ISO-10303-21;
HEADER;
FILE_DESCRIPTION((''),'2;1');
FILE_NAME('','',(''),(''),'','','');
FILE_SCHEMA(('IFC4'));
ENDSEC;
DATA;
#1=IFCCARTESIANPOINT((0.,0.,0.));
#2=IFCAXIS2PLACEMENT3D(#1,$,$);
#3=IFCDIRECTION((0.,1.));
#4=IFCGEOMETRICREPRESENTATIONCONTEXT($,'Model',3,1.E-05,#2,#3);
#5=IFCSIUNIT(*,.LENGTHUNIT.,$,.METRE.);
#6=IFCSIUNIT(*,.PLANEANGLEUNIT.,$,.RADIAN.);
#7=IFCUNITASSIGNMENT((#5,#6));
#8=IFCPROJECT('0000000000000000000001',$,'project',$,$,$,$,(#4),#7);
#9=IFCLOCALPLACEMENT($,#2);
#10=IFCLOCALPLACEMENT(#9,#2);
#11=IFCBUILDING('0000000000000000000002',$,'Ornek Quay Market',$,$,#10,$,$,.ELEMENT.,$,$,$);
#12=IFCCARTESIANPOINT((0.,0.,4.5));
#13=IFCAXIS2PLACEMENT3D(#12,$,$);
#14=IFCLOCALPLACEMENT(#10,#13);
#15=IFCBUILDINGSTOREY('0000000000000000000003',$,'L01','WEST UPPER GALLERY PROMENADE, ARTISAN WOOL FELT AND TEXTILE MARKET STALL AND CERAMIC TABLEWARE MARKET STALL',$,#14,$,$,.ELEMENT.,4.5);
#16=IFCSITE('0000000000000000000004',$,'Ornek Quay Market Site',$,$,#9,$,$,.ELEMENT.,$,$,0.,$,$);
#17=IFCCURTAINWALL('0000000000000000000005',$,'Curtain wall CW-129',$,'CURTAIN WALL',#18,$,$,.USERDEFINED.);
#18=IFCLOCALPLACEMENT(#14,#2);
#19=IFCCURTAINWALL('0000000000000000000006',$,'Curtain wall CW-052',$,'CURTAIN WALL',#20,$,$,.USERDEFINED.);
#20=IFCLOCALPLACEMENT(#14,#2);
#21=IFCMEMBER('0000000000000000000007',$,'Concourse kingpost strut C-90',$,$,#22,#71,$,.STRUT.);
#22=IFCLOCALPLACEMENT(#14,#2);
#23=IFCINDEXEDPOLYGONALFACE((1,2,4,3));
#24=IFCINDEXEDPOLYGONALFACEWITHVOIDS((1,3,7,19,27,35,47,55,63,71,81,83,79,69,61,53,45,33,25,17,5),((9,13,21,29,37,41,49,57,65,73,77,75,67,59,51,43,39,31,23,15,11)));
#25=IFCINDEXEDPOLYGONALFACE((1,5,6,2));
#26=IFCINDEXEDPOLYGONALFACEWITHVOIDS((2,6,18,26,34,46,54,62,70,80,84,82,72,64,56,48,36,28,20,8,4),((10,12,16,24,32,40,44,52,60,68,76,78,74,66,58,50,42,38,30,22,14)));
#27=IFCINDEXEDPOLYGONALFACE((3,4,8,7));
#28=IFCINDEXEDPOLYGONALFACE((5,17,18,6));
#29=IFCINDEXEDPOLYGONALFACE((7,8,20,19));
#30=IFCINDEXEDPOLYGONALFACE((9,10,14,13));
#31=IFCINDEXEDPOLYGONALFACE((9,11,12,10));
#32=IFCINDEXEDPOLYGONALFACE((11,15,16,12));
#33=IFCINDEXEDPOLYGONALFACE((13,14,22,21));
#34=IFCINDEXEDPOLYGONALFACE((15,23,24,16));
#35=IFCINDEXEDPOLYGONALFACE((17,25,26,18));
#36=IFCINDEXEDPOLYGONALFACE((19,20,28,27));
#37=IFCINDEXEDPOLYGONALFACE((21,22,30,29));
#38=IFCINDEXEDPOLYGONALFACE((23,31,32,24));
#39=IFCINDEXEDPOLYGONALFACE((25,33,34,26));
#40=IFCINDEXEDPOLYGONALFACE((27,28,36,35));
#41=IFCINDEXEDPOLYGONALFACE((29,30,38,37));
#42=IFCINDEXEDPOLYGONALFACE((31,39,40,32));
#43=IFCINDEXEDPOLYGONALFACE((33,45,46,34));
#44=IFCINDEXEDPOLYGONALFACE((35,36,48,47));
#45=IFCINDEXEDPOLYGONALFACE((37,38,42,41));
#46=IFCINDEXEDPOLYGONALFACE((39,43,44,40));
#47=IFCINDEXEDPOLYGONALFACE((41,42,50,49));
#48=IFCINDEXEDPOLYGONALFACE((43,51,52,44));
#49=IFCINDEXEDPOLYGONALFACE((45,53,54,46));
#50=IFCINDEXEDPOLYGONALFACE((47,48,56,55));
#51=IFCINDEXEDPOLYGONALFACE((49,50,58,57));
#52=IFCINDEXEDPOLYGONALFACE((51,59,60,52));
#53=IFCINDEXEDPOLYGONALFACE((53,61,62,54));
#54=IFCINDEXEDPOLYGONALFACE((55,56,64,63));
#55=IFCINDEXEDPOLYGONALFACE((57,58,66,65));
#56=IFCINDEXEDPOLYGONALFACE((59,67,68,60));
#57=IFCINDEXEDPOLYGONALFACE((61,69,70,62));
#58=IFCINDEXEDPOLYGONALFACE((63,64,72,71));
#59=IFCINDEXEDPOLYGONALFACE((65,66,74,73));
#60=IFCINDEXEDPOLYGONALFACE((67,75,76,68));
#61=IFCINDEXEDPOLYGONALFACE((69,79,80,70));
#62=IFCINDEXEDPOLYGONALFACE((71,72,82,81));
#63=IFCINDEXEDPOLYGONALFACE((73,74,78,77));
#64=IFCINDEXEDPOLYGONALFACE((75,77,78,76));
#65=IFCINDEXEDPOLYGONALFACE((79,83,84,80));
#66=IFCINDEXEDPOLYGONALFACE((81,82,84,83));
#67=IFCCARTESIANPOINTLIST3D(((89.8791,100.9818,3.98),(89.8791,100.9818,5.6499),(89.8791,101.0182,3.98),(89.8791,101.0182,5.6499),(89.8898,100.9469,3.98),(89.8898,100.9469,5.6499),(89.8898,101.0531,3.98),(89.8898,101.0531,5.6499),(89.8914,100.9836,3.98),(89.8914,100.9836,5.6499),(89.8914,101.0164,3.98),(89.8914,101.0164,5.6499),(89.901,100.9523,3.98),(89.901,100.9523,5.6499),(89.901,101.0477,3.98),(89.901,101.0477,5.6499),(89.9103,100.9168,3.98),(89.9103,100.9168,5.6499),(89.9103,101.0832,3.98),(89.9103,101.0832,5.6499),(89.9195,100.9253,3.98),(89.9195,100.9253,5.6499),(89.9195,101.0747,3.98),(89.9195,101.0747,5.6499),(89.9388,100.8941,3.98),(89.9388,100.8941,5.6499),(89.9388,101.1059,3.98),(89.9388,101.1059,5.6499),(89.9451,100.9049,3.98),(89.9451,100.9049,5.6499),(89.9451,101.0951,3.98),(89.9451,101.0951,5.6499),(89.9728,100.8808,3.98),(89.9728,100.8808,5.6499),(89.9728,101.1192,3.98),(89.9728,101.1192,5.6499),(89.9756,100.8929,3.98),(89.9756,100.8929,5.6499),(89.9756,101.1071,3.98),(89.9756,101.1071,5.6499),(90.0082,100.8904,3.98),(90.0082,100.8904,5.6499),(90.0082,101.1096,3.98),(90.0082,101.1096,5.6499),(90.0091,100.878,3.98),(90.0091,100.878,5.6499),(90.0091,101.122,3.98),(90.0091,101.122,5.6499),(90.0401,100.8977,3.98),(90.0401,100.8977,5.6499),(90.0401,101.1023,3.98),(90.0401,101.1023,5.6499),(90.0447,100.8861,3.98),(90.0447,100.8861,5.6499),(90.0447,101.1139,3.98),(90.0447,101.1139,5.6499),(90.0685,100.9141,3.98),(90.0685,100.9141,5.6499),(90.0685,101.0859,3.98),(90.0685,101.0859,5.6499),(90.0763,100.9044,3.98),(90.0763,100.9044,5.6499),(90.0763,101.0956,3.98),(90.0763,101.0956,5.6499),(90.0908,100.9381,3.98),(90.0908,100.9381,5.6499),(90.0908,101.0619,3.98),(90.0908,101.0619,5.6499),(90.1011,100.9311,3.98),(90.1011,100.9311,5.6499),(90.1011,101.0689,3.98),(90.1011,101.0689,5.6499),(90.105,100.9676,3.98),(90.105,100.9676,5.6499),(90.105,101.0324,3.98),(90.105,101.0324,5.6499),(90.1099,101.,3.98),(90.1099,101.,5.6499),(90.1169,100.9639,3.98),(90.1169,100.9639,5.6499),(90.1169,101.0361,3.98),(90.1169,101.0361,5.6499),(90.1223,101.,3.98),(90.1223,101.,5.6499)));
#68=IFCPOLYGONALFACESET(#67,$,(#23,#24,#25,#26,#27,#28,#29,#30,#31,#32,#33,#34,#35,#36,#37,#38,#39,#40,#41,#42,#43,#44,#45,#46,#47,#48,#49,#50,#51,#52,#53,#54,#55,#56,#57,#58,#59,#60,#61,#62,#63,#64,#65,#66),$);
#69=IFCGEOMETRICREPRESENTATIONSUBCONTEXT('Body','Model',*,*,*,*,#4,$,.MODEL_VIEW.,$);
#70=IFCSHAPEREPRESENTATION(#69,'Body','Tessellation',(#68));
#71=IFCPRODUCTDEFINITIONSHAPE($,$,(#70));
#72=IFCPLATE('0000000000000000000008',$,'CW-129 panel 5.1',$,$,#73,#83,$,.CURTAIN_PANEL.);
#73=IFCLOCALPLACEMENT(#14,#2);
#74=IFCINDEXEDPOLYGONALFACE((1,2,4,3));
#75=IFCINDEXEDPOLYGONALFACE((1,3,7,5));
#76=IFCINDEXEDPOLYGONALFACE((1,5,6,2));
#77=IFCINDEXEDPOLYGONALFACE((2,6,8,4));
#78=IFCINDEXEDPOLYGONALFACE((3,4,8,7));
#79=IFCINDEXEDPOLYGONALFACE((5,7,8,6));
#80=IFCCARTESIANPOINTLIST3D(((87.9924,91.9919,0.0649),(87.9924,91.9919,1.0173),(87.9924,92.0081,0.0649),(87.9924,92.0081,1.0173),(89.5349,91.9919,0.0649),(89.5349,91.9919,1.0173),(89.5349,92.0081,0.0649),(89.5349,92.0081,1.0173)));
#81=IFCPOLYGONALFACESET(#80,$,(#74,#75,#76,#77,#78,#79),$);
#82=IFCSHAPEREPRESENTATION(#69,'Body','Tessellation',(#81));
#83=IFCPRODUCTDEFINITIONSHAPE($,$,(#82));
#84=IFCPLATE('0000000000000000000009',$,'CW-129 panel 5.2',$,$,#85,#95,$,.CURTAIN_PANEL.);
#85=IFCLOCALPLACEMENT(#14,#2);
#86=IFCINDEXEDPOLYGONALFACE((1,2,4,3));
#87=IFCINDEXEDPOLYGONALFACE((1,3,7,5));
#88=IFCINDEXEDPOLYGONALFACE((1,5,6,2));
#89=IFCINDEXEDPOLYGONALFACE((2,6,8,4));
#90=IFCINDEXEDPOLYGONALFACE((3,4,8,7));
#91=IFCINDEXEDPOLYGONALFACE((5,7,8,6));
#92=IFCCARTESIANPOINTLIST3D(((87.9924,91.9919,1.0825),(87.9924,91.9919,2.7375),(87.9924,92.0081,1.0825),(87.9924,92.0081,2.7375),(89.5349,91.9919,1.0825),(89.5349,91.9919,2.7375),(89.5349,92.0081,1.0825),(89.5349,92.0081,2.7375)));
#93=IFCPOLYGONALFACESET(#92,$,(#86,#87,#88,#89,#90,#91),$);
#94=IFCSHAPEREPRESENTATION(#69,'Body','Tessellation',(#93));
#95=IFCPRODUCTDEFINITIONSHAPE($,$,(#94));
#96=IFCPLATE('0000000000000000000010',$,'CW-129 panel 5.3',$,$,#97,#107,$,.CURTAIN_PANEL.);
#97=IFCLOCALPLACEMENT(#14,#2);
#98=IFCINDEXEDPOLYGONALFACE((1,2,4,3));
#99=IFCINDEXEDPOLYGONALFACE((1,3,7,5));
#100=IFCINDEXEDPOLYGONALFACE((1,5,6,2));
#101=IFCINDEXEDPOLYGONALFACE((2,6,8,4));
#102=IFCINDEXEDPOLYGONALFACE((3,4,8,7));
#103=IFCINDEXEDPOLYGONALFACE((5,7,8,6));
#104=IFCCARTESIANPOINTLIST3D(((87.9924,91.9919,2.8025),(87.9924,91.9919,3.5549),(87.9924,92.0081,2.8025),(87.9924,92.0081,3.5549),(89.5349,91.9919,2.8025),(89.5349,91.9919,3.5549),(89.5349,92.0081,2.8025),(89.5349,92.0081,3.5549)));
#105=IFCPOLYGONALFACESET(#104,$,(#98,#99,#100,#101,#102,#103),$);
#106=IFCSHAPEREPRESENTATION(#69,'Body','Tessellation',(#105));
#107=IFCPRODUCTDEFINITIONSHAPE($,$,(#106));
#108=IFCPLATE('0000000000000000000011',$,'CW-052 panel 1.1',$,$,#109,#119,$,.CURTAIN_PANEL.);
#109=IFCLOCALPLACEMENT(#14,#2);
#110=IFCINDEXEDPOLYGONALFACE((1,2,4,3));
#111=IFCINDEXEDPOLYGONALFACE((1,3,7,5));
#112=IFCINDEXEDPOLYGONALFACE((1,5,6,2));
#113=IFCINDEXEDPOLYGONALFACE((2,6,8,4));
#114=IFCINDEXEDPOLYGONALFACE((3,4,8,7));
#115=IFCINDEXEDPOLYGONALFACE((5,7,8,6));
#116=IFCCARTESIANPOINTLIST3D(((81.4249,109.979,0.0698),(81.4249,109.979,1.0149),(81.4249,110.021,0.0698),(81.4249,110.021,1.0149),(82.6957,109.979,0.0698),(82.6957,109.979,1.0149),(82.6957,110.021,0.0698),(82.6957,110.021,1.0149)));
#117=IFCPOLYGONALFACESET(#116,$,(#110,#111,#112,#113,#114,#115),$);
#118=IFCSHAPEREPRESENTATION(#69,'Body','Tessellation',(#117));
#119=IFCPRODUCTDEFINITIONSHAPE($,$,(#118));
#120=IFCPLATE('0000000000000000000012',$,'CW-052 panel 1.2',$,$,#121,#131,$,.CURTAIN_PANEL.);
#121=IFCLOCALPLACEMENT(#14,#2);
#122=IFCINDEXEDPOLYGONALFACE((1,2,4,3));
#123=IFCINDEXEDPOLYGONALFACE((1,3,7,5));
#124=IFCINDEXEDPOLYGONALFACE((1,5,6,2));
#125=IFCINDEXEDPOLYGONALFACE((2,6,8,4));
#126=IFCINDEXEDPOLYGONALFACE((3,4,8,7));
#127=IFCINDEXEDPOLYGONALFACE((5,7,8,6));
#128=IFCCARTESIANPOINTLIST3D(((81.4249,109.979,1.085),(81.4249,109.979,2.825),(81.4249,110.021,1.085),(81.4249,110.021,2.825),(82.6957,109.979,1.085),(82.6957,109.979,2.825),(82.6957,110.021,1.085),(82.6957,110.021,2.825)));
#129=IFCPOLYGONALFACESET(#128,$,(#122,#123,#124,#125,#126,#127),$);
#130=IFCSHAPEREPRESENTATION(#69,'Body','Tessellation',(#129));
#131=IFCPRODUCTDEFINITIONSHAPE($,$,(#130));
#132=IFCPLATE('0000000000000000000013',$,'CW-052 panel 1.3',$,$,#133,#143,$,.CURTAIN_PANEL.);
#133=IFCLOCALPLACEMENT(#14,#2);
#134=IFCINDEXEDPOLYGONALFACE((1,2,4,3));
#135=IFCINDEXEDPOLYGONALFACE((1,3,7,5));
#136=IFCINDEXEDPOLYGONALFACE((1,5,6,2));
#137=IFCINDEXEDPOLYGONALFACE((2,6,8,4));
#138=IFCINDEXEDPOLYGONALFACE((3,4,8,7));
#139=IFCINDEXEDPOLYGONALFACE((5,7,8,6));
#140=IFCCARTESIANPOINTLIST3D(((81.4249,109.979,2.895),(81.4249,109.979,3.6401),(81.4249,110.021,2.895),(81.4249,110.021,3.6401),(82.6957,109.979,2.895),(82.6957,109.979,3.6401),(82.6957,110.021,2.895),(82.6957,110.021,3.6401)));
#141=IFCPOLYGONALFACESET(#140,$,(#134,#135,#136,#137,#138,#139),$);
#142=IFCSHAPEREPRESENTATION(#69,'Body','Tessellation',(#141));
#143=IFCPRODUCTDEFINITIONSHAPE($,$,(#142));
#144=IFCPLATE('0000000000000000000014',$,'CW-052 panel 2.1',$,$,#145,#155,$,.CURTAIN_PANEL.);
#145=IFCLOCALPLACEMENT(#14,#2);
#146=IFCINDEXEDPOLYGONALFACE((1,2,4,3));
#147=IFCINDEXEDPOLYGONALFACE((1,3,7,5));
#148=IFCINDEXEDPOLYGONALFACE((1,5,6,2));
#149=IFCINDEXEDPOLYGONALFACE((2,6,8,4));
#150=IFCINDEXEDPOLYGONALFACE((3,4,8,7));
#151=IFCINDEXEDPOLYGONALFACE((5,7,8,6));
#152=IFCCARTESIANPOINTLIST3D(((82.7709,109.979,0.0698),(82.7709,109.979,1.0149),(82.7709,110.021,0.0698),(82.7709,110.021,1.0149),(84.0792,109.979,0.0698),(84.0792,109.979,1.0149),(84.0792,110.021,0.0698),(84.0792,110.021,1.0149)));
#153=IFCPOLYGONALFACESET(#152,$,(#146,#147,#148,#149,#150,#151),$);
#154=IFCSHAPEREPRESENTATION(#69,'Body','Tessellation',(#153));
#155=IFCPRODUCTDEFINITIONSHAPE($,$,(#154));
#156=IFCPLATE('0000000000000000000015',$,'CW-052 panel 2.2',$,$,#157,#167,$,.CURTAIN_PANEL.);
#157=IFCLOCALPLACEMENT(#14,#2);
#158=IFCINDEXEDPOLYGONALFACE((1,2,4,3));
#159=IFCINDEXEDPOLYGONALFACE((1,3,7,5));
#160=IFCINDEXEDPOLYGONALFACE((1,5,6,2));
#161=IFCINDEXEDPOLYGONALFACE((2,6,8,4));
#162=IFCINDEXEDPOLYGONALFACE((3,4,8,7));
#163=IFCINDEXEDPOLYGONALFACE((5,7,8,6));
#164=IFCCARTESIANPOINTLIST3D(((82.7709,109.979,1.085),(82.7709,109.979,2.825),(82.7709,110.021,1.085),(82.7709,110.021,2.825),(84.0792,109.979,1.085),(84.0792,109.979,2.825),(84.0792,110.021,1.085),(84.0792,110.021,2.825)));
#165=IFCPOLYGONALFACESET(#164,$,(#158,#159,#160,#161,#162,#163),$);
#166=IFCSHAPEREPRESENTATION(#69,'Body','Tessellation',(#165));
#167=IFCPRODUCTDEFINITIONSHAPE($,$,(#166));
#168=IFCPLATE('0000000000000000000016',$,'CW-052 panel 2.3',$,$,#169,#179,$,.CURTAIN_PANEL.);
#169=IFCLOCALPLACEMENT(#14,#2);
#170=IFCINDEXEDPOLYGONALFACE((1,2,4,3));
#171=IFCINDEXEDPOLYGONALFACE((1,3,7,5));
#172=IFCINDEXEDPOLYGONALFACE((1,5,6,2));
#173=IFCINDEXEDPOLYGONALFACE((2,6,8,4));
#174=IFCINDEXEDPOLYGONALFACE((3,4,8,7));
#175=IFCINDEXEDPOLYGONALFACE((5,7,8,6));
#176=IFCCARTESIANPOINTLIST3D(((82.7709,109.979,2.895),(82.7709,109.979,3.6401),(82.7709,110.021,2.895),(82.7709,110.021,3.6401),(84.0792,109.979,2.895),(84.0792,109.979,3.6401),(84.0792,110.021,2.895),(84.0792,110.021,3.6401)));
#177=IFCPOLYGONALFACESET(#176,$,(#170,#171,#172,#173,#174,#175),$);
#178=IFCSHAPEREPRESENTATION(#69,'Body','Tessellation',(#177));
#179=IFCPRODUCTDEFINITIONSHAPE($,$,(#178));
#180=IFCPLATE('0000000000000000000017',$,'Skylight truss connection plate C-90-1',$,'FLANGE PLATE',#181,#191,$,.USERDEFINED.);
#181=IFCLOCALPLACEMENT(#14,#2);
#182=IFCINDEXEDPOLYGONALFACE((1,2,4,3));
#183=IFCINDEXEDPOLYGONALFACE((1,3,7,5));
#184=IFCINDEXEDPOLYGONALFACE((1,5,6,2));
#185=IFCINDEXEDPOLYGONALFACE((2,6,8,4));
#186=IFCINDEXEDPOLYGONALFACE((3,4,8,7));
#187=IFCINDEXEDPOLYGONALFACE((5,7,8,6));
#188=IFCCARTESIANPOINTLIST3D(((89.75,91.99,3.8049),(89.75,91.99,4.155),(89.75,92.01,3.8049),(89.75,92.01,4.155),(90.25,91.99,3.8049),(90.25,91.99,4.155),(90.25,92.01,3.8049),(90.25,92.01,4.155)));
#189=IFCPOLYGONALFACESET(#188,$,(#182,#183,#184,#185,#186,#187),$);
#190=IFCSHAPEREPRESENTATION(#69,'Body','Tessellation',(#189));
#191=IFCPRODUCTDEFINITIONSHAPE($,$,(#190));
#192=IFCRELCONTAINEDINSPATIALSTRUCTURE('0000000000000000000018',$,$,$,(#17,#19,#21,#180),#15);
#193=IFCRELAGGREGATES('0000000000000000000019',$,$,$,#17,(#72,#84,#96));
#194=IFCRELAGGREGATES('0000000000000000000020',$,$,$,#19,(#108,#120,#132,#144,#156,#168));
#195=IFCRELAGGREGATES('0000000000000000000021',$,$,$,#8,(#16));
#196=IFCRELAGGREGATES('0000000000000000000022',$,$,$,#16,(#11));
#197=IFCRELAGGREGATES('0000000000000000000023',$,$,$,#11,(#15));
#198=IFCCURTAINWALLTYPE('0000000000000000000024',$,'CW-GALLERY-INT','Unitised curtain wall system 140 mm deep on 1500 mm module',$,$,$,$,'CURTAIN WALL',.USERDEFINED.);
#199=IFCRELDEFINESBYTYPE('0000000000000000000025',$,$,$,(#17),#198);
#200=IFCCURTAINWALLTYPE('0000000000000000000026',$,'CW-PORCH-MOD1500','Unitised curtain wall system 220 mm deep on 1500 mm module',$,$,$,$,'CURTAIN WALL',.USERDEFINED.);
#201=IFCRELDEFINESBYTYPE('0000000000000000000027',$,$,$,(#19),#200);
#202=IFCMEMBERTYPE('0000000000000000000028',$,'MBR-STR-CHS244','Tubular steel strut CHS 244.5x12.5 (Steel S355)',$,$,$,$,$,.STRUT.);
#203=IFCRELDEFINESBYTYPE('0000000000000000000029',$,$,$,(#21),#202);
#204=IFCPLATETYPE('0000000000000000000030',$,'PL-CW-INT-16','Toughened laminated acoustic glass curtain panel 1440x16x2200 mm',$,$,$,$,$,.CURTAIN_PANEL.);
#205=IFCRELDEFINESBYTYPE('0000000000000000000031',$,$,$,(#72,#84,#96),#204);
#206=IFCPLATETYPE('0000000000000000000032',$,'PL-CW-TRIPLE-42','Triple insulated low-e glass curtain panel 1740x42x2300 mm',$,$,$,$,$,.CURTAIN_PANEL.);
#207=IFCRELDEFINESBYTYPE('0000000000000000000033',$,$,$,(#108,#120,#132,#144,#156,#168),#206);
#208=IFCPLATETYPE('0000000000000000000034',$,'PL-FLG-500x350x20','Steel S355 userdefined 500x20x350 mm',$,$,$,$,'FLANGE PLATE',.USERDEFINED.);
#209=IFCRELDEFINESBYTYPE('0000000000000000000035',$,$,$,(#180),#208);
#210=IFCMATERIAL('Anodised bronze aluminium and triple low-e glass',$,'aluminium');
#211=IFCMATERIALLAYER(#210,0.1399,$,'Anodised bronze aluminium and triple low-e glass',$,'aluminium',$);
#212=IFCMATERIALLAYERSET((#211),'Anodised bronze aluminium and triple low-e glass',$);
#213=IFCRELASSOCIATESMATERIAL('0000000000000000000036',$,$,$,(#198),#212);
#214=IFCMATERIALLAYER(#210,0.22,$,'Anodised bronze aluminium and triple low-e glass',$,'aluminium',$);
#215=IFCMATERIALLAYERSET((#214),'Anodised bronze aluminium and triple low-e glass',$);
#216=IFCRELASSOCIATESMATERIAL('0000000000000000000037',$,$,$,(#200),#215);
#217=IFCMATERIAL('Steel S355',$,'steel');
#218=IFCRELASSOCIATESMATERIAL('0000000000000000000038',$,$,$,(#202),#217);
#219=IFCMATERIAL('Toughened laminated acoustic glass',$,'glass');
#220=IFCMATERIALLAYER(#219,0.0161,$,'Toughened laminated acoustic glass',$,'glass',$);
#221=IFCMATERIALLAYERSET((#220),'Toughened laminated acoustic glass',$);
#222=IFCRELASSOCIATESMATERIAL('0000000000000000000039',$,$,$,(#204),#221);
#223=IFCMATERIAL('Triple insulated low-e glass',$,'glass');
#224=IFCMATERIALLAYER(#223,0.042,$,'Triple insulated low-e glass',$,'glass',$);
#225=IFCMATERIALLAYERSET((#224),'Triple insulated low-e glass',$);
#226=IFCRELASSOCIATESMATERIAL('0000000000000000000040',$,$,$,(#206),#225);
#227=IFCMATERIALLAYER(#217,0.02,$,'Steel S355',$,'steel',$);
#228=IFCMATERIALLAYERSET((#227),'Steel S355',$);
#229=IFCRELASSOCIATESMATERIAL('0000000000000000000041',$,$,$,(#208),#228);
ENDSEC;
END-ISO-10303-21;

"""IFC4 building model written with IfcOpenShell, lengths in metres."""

from ifc_helpers import new_model, si_unit, direction, frame, origin, origin_2d, place, context, subcontext, project, spatial, rectangle, hollow_circle, extrude, material, layer, layer_set, material_profile, profile_set, type_object, element, aggregate, save


model = new_model("IFC4")

# Units and contexts
model_context = context("Model", 3, precision=1e-05, world=origin(), true_north=direction((0.0, 1.0)))
body_context = subcontext(model_context, "Body", "Model", "MODEL_VIEW")
ifc_project = project(units=[si_unit("LENGTHUNIT", "METRE"), si_unit("PLANEANGLEUNIT", "RADIAN")], contexts=[model_context])

# Site, building, storey
site_placement = place(None, origin())
site = spatial("IfcSite", under=ifc_project, at=site_placement, Name="Ornek Quay Market Site", CompositionType="ELEMENT", RefElevation=0.0)
building_placement = place(site_placement, origin())
building = spatial("IfcBuilding", under=site, at=building_placement, Name="Ornek Quay Market", CompositionType="ELEMENT")
storey_placement = place(building_placement, frame((0.0, 0.0, 4.5)))
storey = spatial("IfcBuildingStorey", under=building, at=storey_placement, Name="L01", Description="WEST UPPER GALLERY PROMENADE, ARTISAN WOOL FELT AND TEXTILE MARKET STALL AND CERAMIC TABLEWARE MARKET STALL", CompositionType="ELEMENT", Elevation=4.5)

# Curtain wall
ifc_material_1 = material(Name="Anodised bronze aluminium and triple low-e glass", Category="aluminium")
ifc_layer_1 = layer(ifc_material_1, 0.1399, Name="Anodised bronze aluminium and triple low-e glass", Category="aluminium")
ifc_layer_set_1 = layer_set([ifc_layer_1], Name="Anodised bronze aluminium and triple low-e glass")
curtain_wall_type_1 = type_object("IfcCurtainWallType", Name="CW-GALLERY-INT", Description="Unitised curtain wall system 140 mm deep on 1500 mm module", ElementType="CURTAIN WALL", PredefinedType="USERDEFINED", material=ifc_layer_set_1)
curtain_wall_1_placement = place(storey_placement, origin())
curtain_wall_1 = element("IfcCurtainWall", 1, at=curtain_wall_1_placement, inside=storey, type_object=curtain_wall_type_1, Name="Curtain wall CW-129", ObjectType="CURTAIN WALL", PredefinedType="USERDEFINED")

# Curtain wall
ifc_layer_2 = layer(ifc_material_1, 0.22, Name="Anodised bronze aluminium and triple low-e glass", Category="aluminium")
ifc_layer_set_2 = layer_set([ifc_layer_2], Name="Anodised bronze aluminium and triple low-e glass")
curtain_wall_type_2 = type_object("IfcCurtainWallType", Name="CW-PORCH-MOD1500", Description="Unitised curtain wall system 220 mm deep on 1500 mm module", ElementType="CURTAIN WALL", PredefinedType="USERDEFINED", material=ifc_layer_set_2)
curtain_wall_2_placement = place(storey_placement, origin())
curtain_wall_2 = element("IfcCurtainWall", 2, at=curtain_wall_2_placement, inside=storey, type_object=curtain_wall_type_2, Name="Curtain wall CW-052", ObjectType="CURTAIN WALL", PredefinedType="USERDEFINED")

# Member
ifc_material_2 = material(Name="Steel S355", Category="steel")
ifc_material_profile_1 = material_profile(ifc_material_2, hollow_circle(Radius=0.1223, WallThickness=0.0125, at=origin_2d()), Name="CHS 244.5x12.5", Category="steel")
ifc_profile_set_1 = profile_set([ifc_material_profile_1], Name="Steel S355")
member_type_1 = type_object("IfcMemberType", Name="MBR-STR-CHS244", Description="Tubular steel strut CHS 244.5x12.5 (Steel S355)", PredefinedType="STRUT", material=ifc_profile_set_1)
member_1_placement = place(storey_placement, frame((90.0, 101.0, 3.98), z_axis=(0.0, 0.0, 1.0), x_axis=(1.0, 0.0, 0.0)))
element("IfcMember", 3, at=member_1_placement, inside=storey, type_object=member_type_1, Name="Concourse kingpost strut C-90", PredefinedType="STRUT", context=body_context, shape_type="SweptSolid", body=[
    extrude(hollow_circle(Radius=0.1223, WallThickness=0.0125, at=origin_2d()), origin(), (0.0, 0.0, 1.0), 1.6699),
])

# Plates
ifc_material_3 = material(Name="Toughened laminated acoustic glass", Category="glass")
ifc_layer_3 = layer(ifc_material_3, 0.0161, Name="Toughened laminated acoustic glass", Category="glass")
ifc_layer_set_3 = layer_set([ifc_layer_3], Name="Toughened laminated acoustic glass")
plate_type_1 = type_object("IfcPlateType", Name="PL-CW-INT-16", Description="Toughened laminated acoustic glass curtain panel 1440x16x2200 mm", PredefinedType="CURTAIN_PANEL", material=ifc_layer_set_3)
plate_1_placement = place(storey_placement, frame((88.7637, 92.0, 0.0649), z_axis=(0.0, 0.0, 1.0), x_axis=(1.0, 0.0, 0.0)))
plate_1 = element("IfcPlate", 4, at=plate_1_placement, type_object=plate_type_1, Name="CW-129 panel 5.1", PredefinedType="CURTAIN_PANEL", context=body_context, shape_type="SweptSolid", body=[
    extrude(rectangle(XDim=1.5425, YDim=0.0161, at=origin_2d()), origin(), (0.0, 0.0, 1.0), 0.9524),
])
plate_2_placement = place(storey_placement, frame((88.7637, 92.0, 1.0825), z_axis=(0.0, 0.0, 1.0), x_axis=(1.0, 0.0, 0.0)))
plate_2 = element("IfcPlate", 5, at=plate_2_placement, type_object=plate_type_1, Name="CW-129 panel 5.2", PredefinedType="CURTAIN_PANEL", context=body_context, shape_type="SweptSolid", body=[
    extrude(rectangle(XDim=1.5425, YDim=0.0161, at=origin_2d()), origin(), (0.0, 0.0, 1.0), 1.655),
])
plate_3_placement = place(storey_placement, frame((88.7637, 92.0, 2.8025), z_axis=(0.0, 0.0, 1.0), x_axis=(1.0, 0.0, 0.0)))
plate_3 = element("IfcPlate", 6, at=plate_3_placement, type_object=plate_type_1, Name="CW-129 panel 5.3", PredefinedType="CURTAIN_PANEL", context=body_context, shape_type="SweptSolid", body=[
    extrude(rectangle(XDim=1.5425, YDim=0.0161, at=origin_2d()), origin(), (0.0, 0.0, 1.0), 0.7524),
])
aggregate(curtain_wall_1, [plate_1, plate_2, plate_3])
ifc_material_4 = material(Name="Triple insulated low-e glass", Category="glass")
ifc_layer_4 = layer(ifc_material_4, 0.042, Name="Triple insulated low-e glass", Category="glass")
ifc_layer_set_4 = layer_set([ifc_layer_4], Name="Triple insulated low-e glass")
plate_type_2 = type_object("IfcPlateType", Name="PL-CW-TRIPLE-42", Description="Triple insulated low-e glass curtain panel 1740x42x2300 mm", PredefinedType="CURTAIN_PANEL", material=ifc_layer_set_4)
plate_4_placement = place(storey_placement, frame((82.0603, 110.0, 0.0698), z_axis=(0.0, 0.0, 1.0), x_axis=(1.0, 0.0, 0.0)))
plate_4 = element("IfcPlate", 7, at=plate_4_placement, type_object=plate_type_2, Name="CW-052 panel 1.1", PredefinedType="CURTAIN_PANEL", context=body_context, shape_type="SweptSolid", body=[
    extrude(rectangle(XDim=1.2708, YDim=0.042, at=origin_2d()), origin(), (0.0, 0.0, 1.0), 0.9451),
])
plate_5_placement = place(storey_placement, frame((82.0603, 110.0, 1.085), z_axis=(0.0, 0.0, 1.0), x_axis=(1.0, 0.0, 0.0)))
plate_5 = element("IfcPlate", 8, at=plate_5_placement, type_object=plate_type_2, Name="CW-052 panel 1.2", PredefinedType="CURTAIN_PANEL", context=body_context, shape_type="SweptSolid", body=[
    extrude(rectangle(XDim=1.2708, YDim=0.042, at=origin_2d()), origin(), (0.0, 0.0, 1.0), 1.74),
])
plate_6_placement = place(storey_placement, frame((82.0603, 110.0, 2.895), z_axis=(0.0, 0.0, 1.0), x_axis=(1.0, 0.0, 0.0)))
plate_6 = element("IfcPlate", 9, at=plate_6_placement, type_object=plate_type_2, Name="CW-052 panel 1.3", PredefinedType="CURTAIN_PANEL", context=body_context, shape_type="SweptSolid", body=[
    extrude(rectangle(XDim=1.2708, YDim=0.042, at=origin_2d()), origin(), (0.0, 0.0, 1.0), 0.7451),
])
plate_7_placement = place(storey_placement, frame((83.425, 110.0, 0.0698), z_axis=(0.0, 0.0, 1.0), x_axis=(1.0, 0.0, 0.0)))
plate_7 = element("IfcPlate", 10, at=plate_7_placement, type_object=plate_type_2, Name="CW-052 panel 2.1", PredefinedType="CURTAIN_PANEL", context=body_context, shape_type="SweptSolid", body=[
    extrude(rectangle(XDim=1.3083, YDim=0.042, at=origin_2d()), origin(), (0.0, 0.0, 1.0), 0.9451),
])
plate_8_placement = place(storey_placement, frame((83.425, 110.0, 1.085), z_axis=(0.0, 0.0, 1.0), x_axis=(1.0, 0.0, 0.0)))
plate_8 = element("IfcPlate", 11, at=plate_8_placement, type_object=plate_type_2, Name="CW-052 panel 2.2", PredefinedType="CURTAIN_PANEL", context=body_context, shape_type="SweptSolid", body=[
    extrude(rectangle(XDim=1.3083, YDim=0.042, at=origin_2d()), origin(), (0.0, 0.0, 1.0), 1.74),
])
plate_9_placement = place(storey_placement, frame((83.425, 110.0, 2.895), z_axis=(0.0, 0.0, 1.0), x_axis=(1.0, 0.0, 0.0)))
plate_9 = element("IfcPlate", 12, at=plate_9_placement, type_object=plate_type_2, Name="CW-052 panel 2.3", PredefinedType="CURTAIN_PANEL", context=body_context, shape_type="SweptSolid", body=[
    extrude(rectangle(XDim=1.3083, YDim=0.042, at=origin_2d()), origin(), (0.0, 0.0, 1.0), 0.7451),
])
aggregate(curtain_wall_2, [plate_4, plate_5, plate_6, plate_7, plate_8, plate_9])

# Plate
ifc_layer_5 = layer(ifc_material_2, 0.02, Name="Steel S355", Category="steel")
ifc_layer_set_5 = layer_set([ifc_layer_5], Name="Steel S355")
plate_type_3 = type_object("IfcPlateType", Name="PL-FLG-500x350x20", Description="Steel S355 userdefined 500x20x350 mm", ElementType="FLANGE PLATE", PredefinedType="USERDEFINED", material=ifc_layer_set_5)
for number, where, z_axis, x_axis, name in (
    (13, (90.0, 92.0, 3.8049), (0.0, 0.0, 1.0), (1.0, 0.0, 0.0), "Skylight truss connection plate C-90-1"),
):
    element("IfcPlate", number, at=place(storey_placement, frame(where, z_axis=z_axis, x_axis=x_axis)), inside=storey, type_object=plate_type_3, Name=name, ObjectType="FLANGE PLATE", PredefinedType="USERDEFINED", context=body_context, shape_type="SweptSolid", body=[
        extrude(rectangle(XDim=0.5, YDim=0.02, at=origin_2d()), origin(), (0.0, 0.0, 1.0), 0.3501),
    ])

save(model, "model.ifc")
